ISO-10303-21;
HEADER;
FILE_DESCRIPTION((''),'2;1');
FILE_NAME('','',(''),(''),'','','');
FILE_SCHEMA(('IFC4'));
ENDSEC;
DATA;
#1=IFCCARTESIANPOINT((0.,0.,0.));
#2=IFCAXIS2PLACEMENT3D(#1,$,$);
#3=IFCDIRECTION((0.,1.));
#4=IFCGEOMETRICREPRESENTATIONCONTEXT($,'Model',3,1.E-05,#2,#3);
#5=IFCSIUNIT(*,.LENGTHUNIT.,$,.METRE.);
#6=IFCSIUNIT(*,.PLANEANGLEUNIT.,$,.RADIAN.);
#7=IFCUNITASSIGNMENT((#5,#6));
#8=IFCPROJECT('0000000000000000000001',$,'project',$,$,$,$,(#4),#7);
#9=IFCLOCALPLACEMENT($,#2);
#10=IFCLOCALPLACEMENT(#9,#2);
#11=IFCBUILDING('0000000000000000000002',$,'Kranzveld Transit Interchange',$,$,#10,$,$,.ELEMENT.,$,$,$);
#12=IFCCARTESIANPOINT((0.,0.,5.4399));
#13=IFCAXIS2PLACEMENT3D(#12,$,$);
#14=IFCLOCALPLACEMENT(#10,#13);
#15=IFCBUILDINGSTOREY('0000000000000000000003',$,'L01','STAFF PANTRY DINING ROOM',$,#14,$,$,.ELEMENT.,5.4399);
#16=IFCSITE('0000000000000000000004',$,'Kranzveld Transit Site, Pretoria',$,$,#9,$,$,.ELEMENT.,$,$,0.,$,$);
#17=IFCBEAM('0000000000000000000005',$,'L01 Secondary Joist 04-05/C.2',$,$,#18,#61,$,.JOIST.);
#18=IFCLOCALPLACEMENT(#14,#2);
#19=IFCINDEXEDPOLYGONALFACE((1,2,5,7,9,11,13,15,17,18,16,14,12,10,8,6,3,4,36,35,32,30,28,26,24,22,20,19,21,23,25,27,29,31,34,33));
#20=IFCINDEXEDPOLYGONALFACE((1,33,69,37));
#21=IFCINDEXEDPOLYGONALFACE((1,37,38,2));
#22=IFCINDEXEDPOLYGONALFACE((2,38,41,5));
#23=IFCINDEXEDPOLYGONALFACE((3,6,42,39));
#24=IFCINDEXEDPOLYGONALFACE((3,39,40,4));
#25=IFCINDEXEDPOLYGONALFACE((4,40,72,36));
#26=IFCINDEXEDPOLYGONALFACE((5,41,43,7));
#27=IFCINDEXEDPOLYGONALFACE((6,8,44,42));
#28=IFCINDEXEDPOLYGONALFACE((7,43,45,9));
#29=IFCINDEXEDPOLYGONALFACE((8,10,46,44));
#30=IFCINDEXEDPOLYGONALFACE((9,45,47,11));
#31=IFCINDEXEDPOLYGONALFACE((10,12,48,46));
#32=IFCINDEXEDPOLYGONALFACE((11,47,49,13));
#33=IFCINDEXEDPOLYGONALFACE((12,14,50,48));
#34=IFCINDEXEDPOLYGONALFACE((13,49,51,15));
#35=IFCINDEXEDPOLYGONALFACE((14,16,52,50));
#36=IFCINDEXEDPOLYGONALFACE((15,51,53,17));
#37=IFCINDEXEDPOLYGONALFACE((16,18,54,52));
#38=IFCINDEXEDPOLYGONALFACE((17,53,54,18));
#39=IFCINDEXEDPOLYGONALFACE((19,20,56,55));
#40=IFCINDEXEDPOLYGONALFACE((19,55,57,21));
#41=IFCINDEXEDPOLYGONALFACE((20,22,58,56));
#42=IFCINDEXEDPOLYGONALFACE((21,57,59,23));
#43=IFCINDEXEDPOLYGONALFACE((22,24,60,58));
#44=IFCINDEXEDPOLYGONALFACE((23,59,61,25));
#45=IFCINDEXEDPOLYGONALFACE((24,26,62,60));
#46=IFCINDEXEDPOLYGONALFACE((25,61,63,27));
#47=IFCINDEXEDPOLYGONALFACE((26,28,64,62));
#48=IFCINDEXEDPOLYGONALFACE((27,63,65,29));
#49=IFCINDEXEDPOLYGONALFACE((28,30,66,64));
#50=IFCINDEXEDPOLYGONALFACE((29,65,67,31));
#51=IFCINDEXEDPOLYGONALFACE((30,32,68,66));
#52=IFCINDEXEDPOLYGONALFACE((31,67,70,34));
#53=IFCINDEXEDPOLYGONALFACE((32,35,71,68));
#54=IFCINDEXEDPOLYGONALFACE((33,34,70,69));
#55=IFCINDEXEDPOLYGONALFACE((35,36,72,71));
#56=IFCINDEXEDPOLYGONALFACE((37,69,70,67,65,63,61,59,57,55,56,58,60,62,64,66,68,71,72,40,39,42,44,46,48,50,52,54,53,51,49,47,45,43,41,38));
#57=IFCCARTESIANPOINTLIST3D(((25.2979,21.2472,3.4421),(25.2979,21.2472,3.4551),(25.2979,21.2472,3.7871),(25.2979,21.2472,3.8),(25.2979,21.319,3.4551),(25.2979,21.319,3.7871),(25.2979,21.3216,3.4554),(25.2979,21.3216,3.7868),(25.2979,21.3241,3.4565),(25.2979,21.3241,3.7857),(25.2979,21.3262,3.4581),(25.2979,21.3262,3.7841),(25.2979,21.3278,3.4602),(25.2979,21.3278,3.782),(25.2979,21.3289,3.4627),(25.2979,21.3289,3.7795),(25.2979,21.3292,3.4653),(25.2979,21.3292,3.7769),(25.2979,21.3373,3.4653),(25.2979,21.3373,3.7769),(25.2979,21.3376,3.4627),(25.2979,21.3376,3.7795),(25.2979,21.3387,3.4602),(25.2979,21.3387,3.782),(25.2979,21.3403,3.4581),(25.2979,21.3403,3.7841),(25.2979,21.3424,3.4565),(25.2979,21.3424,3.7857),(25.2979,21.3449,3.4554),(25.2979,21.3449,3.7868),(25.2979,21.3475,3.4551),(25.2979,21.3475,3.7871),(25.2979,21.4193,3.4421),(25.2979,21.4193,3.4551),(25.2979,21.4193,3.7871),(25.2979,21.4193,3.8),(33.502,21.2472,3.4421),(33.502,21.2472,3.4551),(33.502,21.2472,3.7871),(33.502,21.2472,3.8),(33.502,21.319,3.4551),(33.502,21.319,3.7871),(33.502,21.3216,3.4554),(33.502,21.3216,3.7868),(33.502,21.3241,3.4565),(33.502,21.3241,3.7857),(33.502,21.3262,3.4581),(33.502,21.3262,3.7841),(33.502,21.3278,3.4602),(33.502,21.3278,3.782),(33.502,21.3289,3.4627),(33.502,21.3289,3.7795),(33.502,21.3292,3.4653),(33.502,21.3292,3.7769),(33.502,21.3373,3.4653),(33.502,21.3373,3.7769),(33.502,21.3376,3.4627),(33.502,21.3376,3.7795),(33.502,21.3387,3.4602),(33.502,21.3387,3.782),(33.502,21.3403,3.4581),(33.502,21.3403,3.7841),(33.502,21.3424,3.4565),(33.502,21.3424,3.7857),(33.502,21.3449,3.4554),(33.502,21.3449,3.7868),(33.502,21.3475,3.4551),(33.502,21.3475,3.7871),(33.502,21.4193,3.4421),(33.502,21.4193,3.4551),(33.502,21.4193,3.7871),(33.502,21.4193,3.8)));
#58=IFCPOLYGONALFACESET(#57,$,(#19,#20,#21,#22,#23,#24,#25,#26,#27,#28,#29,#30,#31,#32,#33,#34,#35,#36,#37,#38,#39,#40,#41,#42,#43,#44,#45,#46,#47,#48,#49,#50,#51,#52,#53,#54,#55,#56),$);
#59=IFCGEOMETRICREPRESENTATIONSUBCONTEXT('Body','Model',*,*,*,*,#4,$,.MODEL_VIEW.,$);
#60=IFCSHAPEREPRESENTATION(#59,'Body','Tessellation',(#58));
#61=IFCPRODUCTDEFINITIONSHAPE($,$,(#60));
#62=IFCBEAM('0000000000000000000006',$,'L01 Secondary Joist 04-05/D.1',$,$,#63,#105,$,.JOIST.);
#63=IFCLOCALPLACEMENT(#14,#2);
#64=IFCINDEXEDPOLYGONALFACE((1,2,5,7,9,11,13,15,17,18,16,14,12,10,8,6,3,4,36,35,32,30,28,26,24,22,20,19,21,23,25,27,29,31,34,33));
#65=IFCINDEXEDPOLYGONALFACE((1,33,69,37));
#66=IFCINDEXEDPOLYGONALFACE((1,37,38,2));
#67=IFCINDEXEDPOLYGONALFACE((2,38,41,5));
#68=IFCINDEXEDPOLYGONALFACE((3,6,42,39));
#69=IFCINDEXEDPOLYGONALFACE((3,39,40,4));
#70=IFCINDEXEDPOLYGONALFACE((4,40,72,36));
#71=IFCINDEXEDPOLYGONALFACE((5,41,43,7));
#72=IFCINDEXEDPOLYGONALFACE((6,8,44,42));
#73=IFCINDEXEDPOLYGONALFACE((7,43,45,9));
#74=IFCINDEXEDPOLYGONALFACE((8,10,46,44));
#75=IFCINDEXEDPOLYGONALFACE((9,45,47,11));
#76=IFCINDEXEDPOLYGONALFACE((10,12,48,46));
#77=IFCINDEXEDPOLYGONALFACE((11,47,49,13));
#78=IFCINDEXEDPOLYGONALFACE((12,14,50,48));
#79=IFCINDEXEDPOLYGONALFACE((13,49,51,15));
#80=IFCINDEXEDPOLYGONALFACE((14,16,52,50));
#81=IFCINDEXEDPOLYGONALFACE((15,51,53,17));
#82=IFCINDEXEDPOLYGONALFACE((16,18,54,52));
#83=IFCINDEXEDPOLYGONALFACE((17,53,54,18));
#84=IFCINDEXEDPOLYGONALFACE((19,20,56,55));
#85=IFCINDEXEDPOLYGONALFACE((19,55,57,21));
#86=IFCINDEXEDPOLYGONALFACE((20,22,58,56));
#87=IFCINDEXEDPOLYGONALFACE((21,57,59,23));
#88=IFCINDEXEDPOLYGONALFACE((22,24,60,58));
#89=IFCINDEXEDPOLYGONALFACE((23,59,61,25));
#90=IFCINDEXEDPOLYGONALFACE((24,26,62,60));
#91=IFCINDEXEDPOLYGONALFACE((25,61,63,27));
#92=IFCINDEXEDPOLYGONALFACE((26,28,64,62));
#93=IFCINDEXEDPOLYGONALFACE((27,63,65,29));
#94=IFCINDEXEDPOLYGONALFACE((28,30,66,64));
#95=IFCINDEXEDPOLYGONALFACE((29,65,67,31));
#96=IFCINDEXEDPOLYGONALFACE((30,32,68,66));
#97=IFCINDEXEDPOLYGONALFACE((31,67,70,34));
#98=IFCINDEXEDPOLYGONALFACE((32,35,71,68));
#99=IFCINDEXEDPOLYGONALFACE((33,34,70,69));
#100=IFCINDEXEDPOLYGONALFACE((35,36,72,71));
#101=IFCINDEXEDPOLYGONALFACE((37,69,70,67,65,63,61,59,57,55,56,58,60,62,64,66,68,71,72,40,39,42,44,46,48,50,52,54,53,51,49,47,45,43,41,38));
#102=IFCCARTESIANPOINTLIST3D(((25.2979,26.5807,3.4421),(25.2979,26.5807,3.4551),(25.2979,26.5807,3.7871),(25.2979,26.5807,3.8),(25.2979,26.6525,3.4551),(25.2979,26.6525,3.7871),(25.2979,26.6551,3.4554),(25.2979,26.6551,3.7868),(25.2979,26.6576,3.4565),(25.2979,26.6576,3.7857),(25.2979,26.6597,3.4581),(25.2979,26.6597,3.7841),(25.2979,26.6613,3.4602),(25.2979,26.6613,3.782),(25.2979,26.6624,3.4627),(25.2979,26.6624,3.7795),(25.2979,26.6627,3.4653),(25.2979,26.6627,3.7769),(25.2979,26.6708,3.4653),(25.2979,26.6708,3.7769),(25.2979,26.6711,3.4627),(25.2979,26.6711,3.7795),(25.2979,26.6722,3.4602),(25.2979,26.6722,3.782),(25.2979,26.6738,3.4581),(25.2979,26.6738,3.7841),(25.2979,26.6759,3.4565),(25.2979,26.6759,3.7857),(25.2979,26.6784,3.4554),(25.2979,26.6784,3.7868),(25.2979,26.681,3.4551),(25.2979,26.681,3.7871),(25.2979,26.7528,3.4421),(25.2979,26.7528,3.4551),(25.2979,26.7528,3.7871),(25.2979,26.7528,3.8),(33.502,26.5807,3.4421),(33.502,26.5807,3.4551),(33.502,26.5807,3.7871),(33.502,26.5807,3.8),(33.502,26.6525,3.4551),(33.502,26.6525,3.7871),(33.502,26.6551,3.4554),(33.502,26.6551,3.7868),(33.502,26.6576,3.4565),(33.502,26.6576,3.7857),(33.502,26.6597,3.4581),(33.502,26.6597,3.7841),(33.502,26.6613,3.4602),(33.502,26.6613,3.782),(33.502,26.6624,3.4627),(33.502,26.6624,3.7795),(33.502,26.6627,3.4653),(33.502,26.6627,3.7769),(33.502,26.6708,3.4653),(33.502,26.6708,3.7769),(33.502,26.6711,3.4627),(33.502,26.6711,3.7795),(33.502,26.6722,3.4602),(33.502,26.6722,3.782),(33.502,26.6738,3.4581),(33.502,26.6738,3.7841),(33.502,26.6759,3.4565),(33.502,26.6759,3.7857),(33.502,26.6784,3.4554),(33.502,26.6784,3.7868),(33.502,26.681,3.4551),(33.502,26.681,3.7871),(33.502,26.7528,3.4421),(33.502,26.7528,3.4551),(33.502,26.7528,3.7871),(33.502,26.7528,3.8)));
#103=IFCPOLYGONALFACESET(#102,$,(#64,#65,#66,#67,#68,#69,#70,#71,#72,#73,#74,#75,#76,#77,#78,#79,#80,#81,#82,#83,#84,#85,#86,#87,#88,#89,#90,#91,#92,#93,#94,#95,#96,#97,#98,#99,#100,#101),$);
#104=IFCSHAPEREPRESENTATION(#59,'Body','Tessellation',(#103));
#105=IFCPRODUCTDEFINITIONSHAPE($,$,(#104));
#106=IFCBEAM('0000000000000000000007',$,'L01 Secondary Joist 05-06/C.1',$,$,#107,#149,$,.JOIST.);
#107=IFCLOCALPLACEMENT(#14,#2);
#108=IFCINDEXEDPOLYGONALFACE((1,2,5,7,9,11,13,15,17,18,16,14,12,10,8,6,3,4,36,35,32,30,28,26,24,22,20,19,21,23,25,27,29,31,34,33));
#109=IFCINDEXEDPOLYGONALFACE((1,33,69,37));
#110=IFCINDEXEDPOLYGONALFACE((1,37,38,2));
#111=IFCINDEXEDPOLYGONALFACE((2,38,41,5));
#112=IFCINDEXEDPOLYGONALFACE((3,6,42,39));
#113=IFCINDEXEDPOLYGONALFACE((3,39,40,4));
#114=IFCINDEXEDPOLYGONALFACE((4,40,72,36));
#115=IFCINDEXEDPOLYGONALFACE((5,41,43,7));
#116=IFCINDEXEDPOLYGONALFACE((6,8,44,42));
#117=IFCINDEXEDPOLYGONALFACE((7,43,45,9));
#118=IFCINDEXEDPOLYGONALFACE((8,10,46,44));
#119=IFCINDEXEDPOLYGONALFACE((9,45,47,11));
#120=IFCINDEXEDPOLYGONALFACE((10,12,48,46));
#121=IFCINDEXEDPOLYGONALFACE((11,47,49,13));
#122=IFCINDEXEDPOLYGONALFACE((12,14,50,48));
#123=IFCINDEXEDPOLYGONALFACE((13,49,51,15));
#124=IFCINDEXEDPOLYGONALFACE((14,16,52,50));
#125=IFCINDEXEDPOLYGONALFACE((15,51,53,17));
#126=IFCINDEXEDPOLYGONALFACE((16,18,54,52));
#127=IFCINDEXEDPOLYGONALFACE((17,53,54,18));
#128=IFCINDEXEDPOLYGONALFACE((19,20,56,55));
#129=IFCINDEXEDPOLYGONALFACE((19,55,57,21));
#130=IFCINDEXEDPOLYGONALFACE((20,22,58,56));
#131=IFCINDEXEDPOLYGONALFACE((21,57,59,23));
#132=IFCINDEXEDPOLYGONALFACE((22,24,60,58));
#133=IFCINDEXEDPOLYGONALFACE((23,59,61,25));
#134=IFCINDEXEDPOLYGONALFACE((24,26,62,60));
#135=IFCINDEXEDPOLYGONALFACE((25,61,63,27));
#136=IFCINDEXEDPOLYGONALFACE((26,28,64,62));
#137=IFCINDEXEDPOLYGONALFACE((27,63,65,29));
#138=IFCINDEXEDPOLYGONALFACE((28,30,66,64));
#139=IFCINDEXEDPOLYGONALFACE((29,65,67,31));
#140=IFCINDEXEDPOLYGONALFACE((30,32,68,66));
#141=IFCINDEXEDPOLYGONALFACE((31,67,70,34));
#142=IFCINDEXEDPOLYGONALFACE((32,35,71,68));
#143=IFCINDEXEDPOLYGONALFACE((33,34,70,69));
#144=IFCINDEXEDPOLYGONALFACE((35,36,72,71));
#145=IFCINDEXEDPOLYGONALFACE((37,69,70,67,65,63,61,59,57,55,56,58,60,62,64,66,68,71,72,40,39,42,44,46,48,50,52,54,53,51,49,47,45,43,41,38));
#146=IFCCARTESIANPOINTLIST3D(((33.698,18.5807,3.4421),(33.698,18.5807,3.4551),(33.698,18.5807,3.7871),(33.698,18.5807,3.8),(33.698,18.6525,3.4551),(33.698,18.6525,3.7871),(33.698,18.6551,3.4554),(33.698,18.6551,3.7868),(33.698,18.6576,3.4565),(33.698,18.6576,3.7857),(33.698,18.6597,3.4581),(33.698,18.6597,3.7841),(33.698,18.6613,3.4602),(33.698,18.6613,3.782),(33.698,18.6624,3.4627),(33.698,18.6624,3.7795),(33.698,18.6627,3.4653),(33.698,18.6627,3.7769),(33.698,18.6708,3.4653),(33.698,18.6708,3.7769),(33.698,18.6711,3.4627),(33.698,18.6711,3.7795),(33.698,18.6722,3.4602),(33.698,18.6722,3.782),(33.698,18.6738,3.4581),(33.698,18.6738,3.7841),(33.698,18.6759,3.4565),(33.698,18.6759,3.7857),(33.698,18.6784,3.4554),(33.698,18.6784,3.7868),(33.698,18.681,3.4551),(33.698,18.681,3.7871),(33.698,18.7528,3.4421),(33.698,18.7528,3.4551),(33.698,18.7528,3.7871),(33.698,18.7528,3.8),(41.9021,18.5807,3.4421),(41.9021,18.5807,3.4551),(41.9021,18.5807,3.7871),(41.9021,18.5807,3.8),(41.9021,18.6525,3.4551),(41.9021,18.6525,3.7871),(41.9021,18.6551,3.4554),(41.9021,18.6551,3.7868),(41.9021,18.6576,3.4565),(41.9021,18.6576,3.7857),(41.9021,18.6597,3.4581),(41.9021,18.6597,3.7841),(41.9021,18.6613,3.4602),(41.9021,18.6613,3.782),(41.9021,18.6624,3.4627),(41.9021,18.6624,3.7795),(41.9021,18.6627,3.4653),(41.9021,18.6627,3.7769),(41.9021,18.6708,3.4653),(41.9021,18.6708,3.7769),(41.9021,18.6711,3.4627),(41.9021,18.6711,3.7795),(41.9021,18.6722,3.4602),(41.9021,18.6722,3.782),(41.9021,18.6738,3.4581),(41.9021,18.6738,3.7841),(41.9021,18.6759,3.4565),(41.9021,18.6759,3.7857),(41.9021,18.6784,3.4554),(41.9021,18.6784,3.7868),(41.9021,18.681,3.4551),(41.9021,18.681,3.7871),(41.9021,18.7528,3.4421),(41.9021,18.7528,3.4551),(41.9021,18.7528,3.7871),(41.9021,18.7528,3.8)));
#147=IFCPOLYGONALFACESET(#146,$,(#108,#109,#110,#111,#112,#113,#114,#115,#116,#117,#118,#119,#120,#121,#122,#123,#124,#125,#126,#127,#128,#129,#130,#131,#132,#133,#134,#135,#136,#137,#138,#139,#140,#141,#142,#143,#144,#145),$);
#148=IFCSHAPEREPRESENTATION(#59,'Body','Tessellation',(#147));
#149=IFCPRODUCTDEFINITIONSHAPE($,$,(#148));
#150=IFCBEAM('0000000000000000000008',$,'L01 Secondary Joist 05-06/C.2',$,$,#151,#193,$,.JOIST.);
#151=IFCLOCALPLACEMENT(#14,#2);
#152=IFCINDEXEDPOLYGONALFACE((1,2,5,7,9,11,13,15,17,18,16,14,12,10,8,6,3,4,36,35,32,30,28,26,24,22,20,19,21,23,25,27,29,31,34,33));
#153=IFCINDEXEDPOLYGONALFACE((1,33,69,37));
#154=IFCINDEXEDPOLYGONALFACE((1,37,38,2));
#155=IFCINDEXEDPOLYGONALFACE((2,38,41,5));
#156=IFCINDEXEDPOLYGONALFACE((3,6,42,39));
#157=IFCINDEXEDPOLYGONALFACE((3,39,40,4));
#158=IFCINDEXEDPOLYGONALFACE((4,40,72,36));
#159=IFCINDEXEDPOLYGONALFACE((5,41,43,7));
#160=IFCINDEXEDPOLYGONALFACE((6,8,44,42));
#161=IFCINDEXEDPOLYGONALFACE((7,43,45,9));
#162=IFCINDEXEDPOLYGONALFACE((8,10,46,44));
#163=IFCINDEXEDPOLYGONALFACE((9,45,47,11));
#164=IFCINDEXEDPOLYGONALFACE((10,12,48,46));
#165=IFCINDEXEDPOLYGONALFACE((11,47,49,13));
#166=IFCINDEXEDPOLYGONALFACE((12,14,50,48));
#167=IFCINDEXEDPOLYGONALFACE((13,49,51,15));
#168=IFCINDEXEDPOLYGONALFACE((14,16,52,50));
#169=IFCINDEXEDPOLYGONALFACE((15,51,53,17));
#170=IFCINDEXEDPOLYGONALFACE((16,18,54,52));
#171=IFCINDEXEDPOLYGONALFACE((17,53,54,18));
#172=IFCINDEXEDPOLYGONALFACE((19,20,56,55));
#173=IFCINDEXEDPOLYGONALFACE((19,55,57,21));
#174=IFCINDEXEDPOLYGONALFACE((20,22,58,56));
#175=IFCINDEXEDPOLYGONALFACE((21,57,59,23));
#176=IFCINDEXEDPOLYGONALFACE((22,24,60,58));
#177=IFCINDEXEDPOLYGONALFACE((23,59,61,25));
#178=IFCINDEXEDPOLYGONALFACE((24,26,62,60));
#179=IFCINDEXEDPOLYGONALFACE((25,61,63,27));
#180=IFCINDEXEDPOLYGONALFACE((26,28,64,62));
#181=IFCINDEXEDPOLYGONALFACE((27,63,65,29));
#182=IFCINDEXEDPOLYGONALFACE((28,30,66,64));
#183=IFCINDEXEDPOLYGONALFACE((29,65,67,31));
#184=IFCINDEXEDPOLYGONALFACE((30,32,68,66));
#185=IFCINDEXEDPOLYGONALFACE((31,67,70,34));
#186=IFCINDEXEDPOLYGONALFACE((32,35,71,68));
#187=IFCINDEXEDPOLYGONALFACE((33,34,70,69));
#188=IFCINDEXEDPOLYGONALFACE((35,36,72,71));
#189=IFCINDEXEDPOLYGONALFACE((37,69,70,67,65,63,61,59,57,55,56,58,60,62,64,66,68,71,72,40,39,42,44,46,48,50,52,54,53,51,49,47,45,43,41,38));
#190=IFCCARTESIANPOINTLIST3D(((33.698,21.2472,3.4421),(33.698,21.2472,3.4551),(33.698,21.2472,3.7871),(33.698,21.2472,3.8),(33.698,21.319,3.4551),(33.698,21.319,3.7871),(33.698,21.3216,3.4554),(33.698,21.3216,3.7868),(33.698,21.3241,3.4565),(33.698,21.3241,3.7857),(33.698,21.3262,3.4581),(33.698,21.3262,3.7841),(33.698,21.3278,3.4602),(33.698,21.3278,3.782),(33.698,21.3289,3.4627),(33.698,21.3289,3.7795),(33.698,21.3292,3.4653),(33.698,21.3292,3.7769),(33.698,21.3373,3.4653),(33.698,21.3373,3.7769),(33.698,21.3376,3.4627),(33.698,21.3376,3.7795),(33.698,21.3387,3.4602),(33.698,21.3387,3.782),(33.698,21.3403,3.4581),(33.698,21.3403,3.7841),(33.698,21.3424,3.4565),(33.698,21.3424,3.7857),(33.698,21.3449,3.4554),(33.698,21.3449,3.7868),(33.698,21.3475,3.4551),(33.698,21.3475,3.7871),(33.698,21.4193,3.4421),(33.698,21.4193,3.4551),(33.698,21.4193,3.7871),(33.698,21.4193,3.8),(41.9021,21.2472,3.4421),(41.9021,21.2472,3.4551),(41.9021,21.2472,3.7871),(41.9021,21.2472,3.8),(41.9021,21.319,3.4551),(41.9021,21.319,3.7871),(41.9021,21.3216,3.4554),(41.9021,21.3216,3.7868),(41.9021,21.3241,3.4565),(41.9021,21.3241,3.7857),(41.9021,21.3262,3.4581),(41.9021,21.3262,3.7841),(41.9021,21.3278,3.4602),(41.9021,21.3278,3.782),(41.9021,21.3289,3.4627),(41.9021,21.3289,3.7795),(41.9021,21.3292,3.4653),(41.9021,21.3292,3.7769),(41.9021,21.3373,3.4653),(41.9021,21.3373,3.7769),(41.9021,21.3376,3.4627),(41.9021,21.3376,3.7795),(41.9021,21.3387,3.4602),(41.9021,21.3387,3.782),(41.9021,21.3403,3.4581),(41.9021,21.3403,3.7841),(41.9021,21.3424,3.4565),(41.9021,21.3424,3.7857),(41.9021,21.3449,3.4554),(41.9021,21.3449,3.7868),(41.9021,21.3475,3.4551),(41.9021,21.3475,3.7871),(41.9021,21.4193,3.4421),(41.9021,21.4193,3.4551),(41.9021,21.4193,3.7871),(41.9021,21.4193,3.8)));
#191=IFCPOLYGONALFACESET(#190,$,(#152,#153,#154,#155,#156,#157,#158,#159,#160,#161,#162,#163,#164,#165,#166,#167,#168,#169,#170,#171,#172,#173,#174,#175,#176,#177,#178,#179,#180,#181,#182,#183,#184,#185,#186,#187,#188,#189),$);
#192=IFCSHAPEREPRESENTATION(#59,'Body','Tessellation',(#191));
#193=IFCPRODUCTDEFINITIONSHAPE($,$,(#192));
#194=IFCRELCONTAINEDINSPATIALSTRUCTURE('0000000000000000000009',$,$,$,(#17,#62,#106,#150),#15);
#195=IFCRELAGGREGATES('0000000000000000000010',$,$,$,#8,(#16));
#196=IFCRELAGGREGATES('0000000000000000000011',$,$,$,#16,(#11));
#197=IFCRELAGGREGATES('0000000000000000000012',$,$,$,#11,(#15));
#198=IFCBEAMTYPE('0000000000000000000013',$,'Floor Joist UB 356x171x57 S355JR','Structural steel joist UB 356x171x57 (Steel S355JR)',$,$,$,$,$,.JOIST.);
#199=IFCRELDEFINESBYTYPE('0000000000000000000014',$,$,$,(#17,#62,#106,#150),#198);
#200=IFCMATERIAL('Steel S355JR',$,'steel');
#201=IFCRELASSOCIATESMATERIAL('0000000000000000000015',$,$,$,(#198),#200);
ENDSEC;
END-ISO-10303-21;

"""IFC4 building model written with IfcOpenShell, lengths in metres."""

from ifc_helpers import new_model, si_unit, direction, frame, origin, origin_2d, place, context, subcontext, project, spatial, i_section, extrude, material, material_profile, profile_set, type_object, element, save


model = new_model("IFC4")

# Units and contexts
model_context = context("Model", 3, precision=1e-05, world=origin(), true_north=direction((0.0, 1.0)))
body_context = subcontext(model_context, "Body", "Model", "MODEL_VIEW")
ifc_project = project(units=[si_unit("LENGTHUNIT", "METRE"), si_unit("PLANEANGLEUNIT", "RADIAN")], contexts=[model_context])

# Site, building, storey
site_placement = place(None, origin())
site = spatial("IfcSite", under=ifc_project, at=site_placement, Name="Kranzveld Transit Site, Pretoria", CompositionType="ELEMENT", RefElevation=0.0)
building_placement = place(site_placement, origin())
building = spatial("IfcBuilding", under=site, at=building_placement, Name="Kranzveld Transit Interchange", CompositionType="ELEMENT")
storey_placement = place(building_placement, frame((0.0, 0.0, 5.4399)))
storey = spatial("IfcBuildingStorey", under=building, at=storey_placement, Name="L01", Description="STAFF PANTRY DINING ROOM", CompositionType="ELEMENT", Elevation=5.4399)

# Beams
ifc_material_1 = material(Name="Steel S355JR", Category="steel")
ifc_material_profile_1 = material_profile(ifc_material_1, i_section(OverallWidth=0.1721, OverallDepth=0.3579, WebThickness=0.0081, FlangeThickness=0.0129, FilletRadius=0.0103, at=origin_2d()), Name="UB 356x171x57")
ifc_profile_set_1 = profile_set([ifc_material_profile_1], Name="Steel S355JR")
beam_type_1 = type_object("IfcBeamType", Name="Floor Joist UB 356x171x57 S355JR", Description="Structural steel joist UB 356x171x57 (Steel S355JR)", PredefinedType="JOIST", material=ifc_profile_set_1)
for number, where, z_axis, x_axis, name in (
    (1, (25.2979, 21.3333, 3.6211), (1.0, 0.0, 0.0), (0.0, 1.0, 0.0), "L01 Secondary Joist 04-05/C.2"),
    (2, (25.2979, 26.6667, 3.6211), (1.0, 0.0, 0.0), (0.0, 1.0, 0.0), "L01 Secondary Joist 04-05/D.1"),
    (3, (33.698, 18.6667, 3.6211), (1.0, 0.0, 0.0), (0.0, 1.0, 0.0), "L01 Secondary Joist 05-06/C.1"),
    (4, (33.698, 21.3333, 3.6211), (1.0, 0.0, 0.0), (0.0, 1.0, 0.0), "L01 Secondary Joist 05-06/C.2"),
):
    element("IfcBeam", number, at=place(storey_placement, frame(where, z_axis=z_axis, x_axis=x_axis)), inside=storey, type_object=beam_type_1, Name=name, PredefinedType="JOIST", context=body_context, shape_type="SweptSolid", body=[
        extrude(i_section(OverallWidth=0.1721, OverallDepth=0.3579, WebThickness=0.0081, FlangeThickness=0.0129, FilletRadius=0.0103, at=origin_2d()), origin(), (0.0, 0.0, 1.0), 8.2041),
    ])

save(model, "model.ifc")
